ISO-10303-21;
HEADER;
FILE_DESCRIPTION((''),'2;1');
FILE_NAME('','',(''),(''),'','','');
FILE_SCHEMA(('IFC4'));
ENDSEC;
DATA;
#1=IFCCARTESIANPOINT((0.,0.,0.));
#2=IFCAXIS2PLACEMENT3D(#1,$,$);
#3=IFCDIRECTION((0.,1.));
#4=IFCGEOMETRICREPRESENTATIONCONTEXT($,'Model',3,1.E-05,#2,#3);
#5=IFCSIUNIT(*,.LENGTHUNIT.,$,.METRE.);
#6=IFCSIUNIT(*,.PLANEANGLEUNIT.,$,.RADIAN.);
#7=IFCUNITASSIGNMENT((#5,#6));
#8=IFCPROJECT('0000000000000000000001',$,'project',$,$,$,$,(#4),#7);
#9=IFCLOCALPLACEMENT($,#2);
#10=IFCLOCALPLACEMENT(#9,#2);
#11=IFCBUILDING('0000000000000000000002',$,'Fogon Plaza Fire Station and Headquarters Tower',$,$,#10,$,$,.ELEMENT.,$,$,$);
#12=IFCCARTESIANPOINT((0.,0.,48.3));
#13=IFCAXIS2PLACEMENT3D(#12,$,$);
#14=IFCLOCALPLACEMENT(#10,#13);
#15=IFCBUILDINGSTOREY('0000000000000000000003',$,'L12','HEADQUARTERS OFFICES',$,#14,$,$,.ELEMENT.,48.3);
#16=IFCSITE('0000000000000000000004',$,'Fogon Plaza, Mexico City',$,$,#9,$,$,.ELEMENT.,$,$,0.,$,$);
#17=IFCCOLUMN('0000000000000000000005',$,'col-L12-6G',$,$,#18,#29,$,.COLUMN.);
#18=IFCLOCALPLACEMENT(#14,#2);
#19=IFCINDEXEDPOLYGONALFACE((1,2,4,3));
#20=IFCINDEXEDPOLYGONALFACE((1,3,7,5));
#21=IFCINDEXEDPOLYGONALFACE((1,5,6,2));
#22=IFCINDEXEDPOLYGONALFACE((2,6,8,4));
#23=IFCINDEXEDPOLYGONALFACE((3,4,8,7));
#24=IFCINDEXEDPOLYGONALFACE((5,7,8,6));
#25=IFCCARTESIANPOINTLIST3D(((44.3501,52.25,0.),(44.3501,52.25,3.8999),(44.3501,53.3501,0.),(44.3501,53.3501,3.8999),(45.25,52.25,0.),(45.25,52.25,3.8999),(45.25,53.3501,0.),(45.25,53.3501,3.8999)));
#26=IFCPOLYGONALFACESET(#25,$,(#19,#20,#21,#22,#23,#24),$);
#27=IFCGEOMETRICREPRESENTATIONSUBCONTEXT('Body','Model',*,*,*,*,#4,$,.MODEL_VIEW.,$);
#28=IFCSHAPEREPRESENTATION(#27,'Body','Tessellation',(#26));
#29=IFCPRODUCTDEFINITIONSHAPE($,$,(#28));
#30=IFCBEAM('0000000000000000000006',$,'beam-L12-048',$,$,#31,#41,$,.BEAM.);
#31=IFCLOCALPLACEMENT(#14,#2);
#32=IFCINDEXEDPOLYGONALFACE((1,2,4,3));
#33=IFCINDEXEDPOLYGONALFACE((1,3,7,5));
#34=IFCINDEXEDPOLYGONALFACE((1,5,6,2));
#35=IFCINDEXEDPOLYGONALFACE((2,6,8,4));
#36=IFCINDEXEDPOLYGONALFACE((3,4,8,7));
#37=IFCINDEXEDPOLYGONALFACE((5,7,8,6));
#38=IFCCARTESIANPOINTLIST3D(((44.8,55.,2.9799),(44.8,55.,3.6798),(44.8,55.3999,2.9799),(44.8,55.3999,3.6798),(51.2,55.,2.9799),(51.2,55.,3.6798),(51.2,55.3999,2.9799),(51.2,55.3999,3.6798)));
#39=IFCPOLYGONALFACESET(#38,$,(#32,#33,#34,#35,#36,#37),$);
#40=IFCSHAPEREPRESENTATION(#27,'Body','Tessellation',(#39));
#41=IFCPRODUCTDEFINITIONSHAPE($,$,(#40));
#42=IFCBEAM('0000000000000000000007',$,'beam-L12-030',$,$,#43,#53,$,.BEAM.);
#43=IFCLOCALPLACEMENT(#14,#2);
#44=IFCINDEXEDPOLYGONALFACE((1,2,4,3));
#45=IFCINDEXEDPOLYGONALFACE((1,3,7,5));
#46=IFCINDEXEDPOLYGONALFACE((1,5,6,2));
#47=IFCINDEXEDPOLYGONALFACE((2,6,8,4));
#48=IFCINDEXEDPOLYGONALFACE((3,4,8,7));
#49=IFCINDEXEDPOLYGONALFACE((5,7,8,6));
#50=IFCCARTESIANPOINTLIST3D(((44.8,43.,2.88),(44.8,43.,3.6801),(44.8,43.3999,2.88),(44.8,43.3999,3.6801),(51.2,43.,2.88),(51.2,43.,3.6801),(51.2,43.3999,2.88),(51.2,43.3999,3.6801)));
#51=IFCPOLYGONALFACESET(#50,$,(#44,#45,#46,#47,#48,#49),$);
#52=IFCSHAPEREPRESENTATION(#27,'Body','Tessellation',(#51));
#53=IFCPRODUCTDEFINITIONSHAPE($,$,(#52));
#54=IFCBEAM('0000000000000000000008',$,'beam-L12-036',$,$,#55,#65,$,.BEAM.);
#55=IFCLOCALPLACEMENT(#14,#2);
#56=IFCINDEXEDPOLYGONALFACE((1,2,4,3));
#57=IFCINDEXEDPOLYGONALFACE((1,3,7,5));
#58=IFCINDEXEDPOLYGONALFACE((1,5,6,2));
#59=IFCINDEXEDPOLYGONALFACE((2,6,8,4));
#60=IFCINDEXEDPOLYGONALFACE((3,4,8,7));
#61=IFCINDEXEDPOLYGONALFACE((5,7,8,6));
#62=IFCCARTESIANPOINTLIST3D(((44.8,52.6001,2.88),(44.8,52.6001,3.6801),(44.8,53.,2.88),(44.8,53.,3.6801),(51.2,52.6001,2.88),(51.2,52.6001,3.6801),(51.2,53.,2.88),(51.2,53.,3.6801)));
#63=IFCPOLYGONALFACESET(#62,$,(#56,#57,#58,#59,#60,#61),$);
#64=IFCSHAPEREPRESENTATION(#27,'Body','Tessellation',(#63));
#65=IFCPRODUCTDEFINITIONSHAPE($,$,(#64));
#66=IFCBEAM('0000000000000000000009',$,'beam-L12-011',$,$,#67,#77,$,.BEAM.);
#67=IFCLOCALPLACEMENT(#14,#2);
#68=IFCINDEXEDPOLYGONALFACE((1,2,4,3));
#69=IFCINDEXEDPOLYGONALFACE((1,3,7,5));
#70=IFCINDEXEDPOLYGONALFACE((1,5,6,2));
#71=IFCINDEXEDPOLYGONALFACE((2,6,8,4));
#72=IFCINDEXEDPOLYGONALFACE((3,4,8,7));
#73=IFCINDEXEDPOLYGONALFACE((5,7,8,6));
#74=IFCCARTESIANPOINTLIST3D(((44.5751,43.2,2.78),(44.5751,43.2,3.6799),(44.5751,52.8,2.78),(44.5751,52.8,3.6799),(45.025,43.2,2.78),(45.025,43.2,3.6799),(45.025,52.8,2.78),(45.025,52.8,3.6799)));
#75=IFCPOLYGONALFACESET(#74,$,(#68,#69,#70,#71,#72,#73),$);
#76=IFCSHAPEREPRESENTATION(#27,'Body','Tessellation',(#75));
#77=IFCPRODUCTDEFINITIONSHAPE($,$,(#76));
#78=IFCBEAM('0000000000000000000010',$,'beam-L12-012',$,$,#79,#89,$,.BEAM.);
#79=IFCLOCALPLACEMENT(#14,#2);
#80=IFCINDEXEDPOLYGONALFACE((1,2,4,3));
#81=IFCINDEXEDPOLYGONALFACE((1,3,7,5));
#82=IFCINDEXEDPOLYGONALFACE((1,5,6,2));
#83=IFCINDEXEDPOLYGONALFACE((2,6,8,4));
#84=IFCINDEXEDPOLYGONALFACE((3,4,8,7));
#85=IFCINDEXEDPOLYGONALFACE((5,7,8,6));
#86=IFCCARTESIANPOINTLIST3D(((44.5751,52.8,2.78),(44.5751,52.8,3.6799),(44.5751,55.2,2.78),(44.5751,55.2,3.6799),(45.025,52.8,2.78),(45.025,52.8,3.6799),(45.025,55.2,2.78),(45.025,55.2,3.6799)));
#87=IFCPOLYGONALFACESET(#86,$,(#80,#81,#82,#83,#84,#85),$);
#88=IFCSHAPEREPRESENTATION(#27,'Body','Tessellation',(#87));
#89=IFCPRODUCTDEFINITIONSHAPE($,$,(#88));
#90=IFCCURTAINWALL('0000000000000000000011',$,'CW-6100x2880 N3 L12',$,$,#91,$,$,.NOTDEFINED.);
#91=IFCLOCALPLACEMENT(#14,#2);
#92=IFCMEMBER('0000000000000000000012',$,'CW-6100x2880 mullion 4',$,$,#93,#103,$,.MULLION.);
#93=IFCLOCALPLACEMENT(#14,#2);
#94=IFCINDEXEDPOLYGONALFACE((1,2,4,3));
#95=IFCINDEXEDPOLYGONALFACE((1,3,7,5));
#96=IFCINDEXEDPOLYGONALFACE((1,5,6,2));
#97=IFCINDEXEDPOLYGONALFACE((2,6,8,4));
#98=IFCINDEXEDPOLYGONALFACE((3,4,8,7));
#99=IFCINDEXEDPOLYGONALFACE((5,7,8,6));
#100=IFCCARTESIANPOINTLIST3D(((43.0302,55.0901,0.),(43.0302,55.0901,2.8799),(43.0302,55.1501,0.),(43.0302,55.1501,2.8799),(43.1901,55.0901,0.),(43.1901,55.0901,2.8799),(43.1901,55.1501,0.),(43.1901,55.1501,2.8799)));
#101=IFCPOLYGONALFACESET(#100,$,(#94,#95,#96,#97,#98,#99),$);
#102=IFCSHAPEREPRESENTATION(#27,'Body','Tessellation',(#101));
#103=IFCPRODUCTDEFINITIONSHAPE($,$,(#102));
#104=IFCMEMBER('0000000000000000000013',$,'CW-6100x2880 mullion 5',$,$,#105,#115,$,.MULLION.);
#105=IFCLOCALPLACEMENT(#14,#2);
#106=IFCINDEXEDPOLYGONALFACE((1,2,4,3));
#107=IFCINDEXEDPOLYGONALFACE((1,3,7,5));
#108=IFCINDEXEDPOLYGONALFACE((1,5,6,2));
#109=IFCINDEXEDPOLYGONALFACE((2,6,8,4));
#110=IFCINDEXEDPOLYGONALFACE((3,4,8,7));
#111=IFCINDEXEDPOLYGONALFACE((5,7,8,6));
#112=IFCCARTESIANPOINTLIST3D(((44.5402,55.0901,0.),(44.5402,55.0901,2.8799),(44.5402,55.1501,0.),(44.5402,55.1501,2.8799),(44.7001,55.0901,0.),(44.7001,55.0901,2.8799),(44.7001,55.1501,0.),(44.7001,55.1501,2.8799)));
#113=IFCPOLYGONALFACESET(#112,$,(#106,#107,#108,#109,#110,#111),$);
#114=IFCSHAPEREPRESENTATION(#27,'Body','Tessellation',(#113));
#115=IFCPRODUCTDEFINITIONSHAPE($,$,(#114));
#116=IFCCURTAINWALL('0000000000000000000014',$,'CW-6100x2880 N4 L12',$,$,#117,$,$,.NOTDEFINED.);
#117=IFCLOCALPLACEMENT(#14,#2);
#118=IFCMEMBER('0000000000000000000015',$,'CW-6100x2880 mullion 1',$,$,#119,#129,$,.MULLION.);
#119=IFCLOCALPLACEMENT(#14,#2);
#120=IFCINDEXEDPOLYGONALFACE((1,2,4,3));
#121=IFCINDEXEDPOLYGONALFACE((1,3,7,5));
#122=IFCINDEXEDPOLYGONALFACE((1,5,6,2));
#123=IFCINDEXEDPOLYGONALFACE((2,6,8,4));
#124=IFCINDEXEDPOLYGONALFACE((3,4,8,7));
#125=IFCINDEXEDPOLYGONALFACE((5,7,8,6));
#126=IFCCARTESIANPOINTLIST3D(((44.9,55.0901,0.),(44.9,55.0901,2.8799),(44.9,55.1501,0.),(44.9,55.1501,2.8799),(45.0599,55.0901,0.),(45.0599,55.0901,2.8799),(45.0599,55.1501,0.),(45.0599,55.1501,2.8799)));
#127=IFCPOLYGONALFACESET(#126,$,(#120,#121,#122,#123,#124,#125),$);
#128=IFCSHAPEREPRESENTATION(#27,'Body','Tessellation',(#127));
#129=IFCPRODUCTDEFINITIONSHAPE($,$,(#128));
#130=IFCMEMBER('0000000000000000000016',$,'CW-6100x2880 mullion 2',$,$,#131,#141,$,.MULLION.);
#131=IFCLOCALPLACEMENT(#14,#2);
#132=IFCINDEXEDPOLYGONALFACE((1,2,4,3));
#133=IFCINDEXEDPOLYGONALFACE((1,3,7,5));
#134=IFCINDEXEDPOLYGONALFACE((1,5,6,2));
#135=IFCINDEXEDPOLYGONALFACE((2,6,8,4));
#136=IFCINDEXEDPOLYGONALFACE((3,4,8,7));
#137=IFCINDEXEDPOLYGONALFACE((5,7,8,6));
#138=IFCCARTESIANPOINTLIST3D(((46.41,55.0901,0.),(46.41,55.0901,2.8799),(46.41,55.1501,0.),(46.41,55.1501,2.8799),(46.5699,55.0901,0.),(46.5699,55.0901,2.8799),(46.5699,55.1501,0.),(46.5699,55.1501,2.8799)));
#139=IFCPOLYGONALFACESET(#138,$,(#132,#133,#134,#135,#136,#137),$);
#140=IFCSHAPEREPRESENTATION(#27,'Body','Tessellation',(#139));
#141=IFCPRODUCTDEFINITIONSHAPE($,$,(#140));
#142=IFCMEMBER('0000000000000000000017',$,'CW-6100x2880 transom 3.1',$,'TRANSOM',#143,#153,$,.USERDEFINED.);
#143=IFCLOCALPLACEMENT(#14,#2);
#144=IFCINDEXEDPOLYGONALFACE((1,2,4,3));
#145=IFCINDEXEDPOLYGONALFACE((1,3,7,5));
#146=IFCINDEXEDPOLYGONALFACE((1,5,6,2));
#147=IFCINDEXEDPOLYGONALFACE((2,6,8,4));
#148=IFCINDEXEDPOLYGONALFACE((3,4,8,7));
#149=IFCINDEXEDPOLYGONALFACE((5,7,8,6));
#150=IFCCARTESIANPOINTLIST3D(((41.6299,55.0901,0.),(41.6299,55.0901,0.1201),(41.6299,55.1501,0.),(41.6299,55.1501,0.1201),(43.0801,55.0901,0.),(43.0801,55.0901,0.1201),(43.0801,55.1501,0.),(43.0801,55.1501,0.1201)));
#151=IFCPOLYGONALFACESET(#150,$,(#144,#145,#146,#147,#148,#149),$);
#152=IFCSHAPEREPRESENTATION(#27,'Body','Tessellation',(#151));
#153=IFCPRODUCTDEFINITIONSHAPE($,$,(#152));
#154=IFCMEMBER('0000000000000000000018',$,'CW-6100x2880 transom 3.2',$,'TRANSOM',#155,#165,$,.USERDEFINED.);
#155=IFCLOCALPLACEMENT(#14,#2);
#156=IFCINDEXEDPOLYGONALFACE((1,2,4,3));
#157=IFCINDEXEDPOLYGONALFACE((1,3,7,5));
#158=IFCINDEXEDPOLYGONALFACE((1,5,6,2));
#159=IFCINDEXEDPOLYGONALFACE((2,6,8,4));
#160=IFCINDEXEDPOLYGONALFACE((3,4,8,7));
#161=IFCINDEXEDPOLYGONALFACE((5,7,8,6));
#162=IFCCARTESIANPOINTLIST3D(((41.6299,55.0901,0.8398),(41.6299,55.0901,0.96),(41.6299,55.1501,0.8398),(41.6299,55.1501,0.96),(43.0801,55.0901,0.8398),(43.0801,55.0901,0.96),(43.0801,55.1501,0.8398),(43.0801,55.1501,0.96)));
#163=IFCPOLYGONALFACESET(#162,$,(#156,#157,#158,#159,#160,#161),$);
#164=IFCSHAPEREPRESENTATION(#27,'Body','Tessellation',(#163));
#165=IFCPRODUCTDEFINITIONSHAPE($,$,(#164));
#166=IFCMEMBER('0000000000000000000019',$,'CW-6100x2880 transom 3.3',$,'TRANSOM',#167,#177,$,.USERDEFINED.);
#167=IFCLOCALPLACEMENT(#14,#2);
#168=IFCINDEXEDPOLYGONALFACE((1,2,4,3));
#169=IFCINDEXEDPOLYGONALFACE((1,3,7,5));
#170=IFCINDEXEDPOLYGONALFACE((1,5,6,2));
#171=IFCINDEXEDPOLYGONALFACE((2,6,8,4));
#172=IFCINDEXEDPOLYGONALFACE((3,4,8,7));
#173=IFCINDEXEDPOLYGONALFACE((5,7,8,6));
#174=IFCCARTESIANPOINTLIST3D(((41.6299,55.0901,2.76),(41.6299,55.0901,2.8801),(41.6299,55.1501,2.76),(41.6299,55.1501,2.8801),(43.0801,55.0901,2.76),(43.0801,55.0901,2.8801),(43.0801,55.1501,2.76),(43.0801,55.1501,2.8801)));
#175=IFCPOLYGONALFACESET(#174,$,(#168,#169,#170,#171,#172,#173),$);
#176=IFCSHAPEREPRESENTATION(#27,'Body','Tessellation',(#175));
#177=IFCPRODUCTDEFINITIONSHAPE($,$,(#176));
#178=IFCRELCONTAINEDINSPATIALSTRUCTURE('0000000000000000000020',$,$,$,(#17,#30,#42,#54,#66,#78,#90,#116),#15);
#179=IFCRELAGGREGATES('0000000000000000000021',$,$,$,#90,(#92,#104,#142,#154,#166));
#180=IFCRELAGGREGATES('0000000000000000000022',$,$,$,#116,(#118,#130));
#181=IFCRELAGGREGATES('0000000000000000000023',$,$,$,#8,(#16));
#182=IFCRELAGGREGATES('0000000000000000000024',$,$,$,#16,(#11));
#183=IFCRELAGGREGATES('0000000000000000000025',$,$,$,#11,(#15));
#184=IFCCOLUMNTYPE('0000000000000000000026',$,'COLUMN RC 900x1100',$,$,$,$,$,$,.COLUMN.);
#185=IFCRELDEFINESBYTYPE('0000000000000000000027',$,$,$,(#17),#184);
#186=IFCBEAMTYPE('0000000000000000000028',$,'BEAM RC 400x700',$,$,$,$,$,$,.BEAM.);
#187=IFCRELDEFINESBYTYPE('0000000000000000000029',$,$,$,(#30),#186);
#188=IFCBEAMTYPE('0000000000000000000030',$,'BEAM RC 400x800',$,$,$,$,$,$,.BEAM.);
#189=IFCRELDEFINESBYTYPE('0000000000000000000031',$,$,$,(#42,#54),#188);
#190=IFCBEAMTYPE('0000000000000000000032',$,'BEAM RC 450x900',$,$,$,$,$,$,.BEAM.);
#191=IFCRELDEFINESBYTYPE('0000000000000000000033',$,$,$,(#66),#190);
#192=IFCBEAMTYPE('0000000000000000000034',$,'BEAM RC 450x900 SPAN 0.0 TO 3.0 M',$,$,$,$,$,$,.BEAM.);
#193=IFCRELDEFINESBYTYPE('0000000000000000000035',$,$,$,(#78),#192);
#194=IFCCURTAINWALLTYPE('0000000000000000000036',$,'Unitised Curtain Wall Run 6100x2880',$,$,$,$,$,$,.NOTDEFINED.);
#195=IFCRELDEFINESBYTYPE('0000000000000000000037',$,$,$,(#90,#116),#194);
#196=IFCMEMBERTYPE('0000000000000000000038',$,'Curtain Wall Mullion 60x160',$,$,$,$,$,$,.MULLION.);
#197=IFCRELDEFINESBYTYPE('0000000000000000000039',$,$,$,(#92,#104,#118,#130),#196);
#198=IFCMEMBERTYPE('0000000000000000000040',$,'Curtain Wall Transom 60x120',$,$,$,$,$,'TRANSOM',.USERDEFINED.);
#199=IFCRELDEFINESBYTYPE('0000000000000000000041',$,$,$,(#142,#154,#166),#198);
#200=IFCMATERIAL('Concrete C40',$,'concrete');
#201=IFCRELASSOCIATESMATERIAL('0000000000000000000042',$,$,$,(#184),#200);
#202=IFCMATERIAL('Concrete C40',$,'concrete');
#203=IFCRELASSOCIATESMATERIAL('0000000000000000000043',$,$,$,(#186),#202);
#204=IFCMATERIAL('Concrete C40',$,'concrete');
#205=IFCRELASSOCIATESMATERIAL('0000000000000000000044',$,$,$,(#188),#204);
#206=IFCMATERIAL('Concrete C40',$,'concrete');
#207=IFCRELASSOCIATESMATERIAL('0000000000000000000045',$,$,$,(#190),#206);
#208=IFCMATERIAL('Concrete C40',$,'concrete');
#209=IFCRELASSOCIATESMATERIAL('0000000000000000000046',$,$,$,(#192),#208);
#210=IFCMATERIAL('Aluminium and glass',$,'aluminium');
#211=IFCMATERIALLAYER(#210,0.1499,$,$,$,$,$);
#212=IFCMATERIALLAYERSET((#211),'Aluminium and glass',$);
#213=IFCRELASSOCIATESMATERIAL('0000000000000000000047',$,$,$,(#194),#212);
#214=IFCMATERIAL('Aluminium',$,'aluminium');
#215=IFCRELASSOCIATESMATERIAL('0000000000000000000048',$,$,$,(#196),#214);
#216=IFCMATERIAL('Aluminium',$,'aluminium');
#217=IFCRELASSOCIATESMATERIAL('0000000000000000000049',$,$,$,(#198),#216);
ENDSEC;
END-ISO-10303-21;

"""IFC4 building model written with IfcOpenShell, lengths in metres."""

from ifc_helpers import new_model, si_unit, direction, frame, origin, origin_2d, place, context, subcontext, project, spatial, rectangle, extrude, material, layer, layer_set, material_profile, profile_set, type_object, element, aggregate, save


model = new_model("IFC4")

# Units and contexts
model_context = context("Model", 3, precision=1e-05, world=origin(), true_north=direction((0.0, 1.0)))
body_context = subcontext(model_context, "Body", "Model", "MODEL_VIEW")
ifc_project = project(units=[si_unit("LENGTHUNIT", "METRE"), si_unit("PLANEANGLEUNIT", "RADIAN")], contexts=[model_context])

# Site, building, storey
site_placement = place(None, origin())
site = spatial("IfcSite", under=ifc_project, at=site_placement, Name="Fogon Plaza, Mexico City", CompositionType="ELEMENT", RefElevation=0.0)
building_placement = place(site_placement, origin())
building = spatial("IfcBuilding", under=site, at=building_placement, Name="Fogon Plaza Fire Station and Headquarters Tower", CompositionType="ELEMENT")
storey_placement = place(building_placement, frame((0.0, 0.0, 48.3)))
storey = spatial("IfcBuildingStorey", under=building, at=storey_placement, Name="L12", Description="HEADQUARTERS OFFICES", CompositionType="ELEMENT", Elevation=48.3)

# Column
ifc_material_1 = material(Name="Concrete C40", Category="concrete")
ifc_material_profile_1 = material_profile(ifc_material_1, rectangle(XDim=0.8999, YDim=1.1001, at=origin_2d()), Name="RC 900x1100")
ifc_profile_set_1 = profile_set([ifc_material_profile_1], Name="Concrete C40")
column_type = type_object("IfcColumnType", Name="COLUMN RC 900x1100", PredefinedType="COLUMN", material=ifc_profile_set_1)
column_placement = place(storey_placement, frame((44.8, 52.8, 0.0), z_axis=(0.0, 0.0, 1.0), x_axis=(1.0, 0.0, 0.0)))
element("IfcColumn", 1, at=column_placement, inside=storey, type_object=column_type, Name="col-L12-6G", PredefinedType="COLUMN", context=body_context, shape_type="SweptSolid", body=[
    extrude(rectangle(XDim=0.8999, YDim=1.1001, at=origin_2d()), origin(), (0.0, 0.0, 1.0), 3.8999),
])

# Beams
ifc_material_2 = material(Name="Concrete C40", Category="concrete")
ifc_material_profile_2 = material_profile(ifc_material_2, rectangle(XDim=0.3999, YDim=0.7, at=origin_2d()), Name="RC 400x700")
ifc_profile_set_2 = profile_set([ifc_material_profile_2], Name="Concrete C40")
beam_type_1 = type_object("IfcBeamType", Name="BEAM RC 400x700", PredefinedType="BEAM", material=ifc_profile_set_2)
beam_1_placement = place(storey_placement, frame((44.8, 55.2, 3.3298), z_axis=(1.0, 0.0, 0.0), x_axis=(0.0, 1.0, 0.0)))
element("IfcBeam", 2, at=beam_1_placement, inside=storey, type_object=beam_type_1, Name="beam-L12-048", PredefinedType="BEAM", context=body_context, shape_type="SweptSolid", body=[
    extrude(rectangle(XDim=0.3999, YDim=0.7, at=origin_2d()), origin(), (0.0, 0.0, 1.0), 6.3999),
])
ifc_material_3 = material(Name="Concrete C40", Category="concrete")
ifc_material_profile_3 = material_profile(ifc_material_3, rectangle(XDim=0.3999, YDim=0.8, at=origin_2d()), Name="RC 400x800")
ifc_profile_set_3 = profile_set([ifc_material_profile_3], Name="Concrete C40")
beam_type_2 = type_object("IfcBeamType", Name="BEAM RC 400x800", PredefinedType="BEAM", material=ifc_profile_set_3)
for number, where, z_axis, x_axis, name in (
    (3, (44.8, 43.2, 3.28), (1.0, 0.0, 0.0), (0.0, 1.0, 0.0), "beam-L12-030"),
    (4, (44.8, 52.8, 3.28), (1.0, 0.0, 0.0), (0.0, 1.0, 0.0), "beam-L12-036"),
):
    element("IfcBeam", number, at=place(storey_placement, frame(where, z_axis=z_axis, x_axis=x_axis)), inside=storey, type_object=beam_type_2, Name=name, PredefinedType="BEAM", context=body_context, shape_type="SweptSolid", body=[
        extrude(rectangle(XDim=0.3999, YDim=0.8, at=origin_2d()), origin(), (0.0, 0.0, 1.0), 6.3999),
    ])
ifc_material_4 = material(Name="Concrete C40", Category="concrete")
ifc_material_profile_4 = material_profile(ifc_material_4, rectangle(XDim=0.45, YDim=0.8999, at=origin_2d()), Name="RC 450x900")
ifc_profile_set_4 = profile_set([ifc_material_profile_4], Name="Concrete C40")
beam_type_3 = type_object("IfcBeamType", Name="BEAM RC 450x900", PredefinedType="BEAM", material=ifc_profile_set_4)
beam_2_placement = place(storey_placement, frame((44.8, 43.2, 3.23), z_axis=(0.0, 1.0, 0.0), x_axis=(-1.0, 0.0, 0.0)))
element("IfcBeam", 5, at=beam_2_placement, inside=storey, type_object=beam_type_3, Name="beam-L12-011", PredefinedType="BEAM", context=body_context, shape_type="SweptSolid", body=[
    extrude(rectangle(XDim=0.45, YDim=0.8999, at=origin_2d()), origin(), (0.0, 0.0, 1.0), 9.6001),
])
ifc_material_5 = material(Name="Concrete C40", Category="concrete")
ifc_material_profile_5 = material_profile(ifc_material_5, rectangle(XDim=0.45, YDim=0.8999, at=origin_2d()), Name="RC 450x900")
ifc_profile_set_5 = profile_set([ifc_material_profile_5], Name="Concrete C40")
beam_type_4 = type_object("IfcBeamType", Name="BEAM RC 450x900 SPAN 0.0 TO 3.0 M", PredefinedType="BEAM", material=ifc_profile_set_5)
beam_3_placement = place(storey_placement, frame((44.8, 52.8, 3.23), z_axis=(0.0, 1.0, 0.0), x_axis=(-1.0, 0.0, 0.0)))
element("IfcBeam", 6, at=beam_3_placement, inside=storey, type_object=beam_type_4, Name="beam-L12-012", PredefinedType="BEAM", context=body_context, shape_type="SweptSolid", body=[
    extrude(rectangle(XDim=0.45, YDim=0.8999, at=origin_2d()), origin(), (0.0, 0.0, 1.0), 2.3999),
])

# Curtain walls, members
ifc_material_6 = material(Name="Aluminium and glass", Category="aluminium")
ifc_layer_1 = layer(ifc_material_6, 0.1499)
ifc_layer_set_1 = layer_set([ifc_layer_1], Name="Aluminium and glass")
curtain_wall_type = type_object("IfcCurtainWallType", Name="Unitised Curtain Wall Run 6100x2880", PredefinedType="NOTDEFINED", material=ifc_layer_set_1)
curtain_wall_1_placement = place(storey_placement, origin())
curtain_wall_1 = element("IfcCurtainWall", 7, at=curtain_wall_1_placement, inside=storey, type_object=curtain_wall_type, Name="CW-6100x2880 N3 L12", PredefinedType="NOTDEFINED")
ifc_material_7 = material(Name="Aluminium", Category="aluminium")
ifc_material_profile_6 = material_profile(ifc_material_7, rectangle(XDim=0.0601, YDim=0.1599, at=origin_2d()), Name="Curtain Wall Mullion 60x160")
ifc_profile_set_6 = profile_set([ifc_material_profile_6], Name="Aluminium")
member_type_1 = type_object("IfcMemberType", Name="Curtain Wall Mullion 60x160", PredefinedType="MULLION", material=ifc_profile_set_6)
member_1_placement = place(storey_placement, frame((43.1101, 55.1201, 0.0), z_axis=(0.0, 0.0, 1.0), x_axis=(0.0, 1.0, 0.0)))
member_1 = element("IfcMember", 8, at=member_1_placement, type_object=member_type_1, Name="CW-6100x2880 mullion 4", PredefinedType="MULLION", context=body_context, shape_type="SweptSolid", body=[
    extrude(rectangle(XDim=0.0601, YDim=0.1599, at=origin_2d()), origin(), (0.0, 0.0, 1.0), 2.8799),
])
member_2_placement = place(storey_placement, frame((44.6201, 55.1201, 0.0), z_axis=(0.0, 0.0, 1.0), x_axis=(0.0, 1.0, 0.0)))
member_2 = element("IfcMember", 9, at=member_2_placement, type_object=member_type_1, Name="CW-6100x2880 mullion 5", PredefinedType="MULLION", context=body_context, shape_type="SweptSolid", body=[
    extrude(rectangle(XDim=0.0601, YDim=0.1599, at=origin_2d()), origin(), (0.0, 0.0, 1.0), 2.8799),
])
curtain_wall_2_placement = place(storey_placement, origin())
curtain_wall_2 = element("IfcCurtainWall", 10, at=curtain_wall_2_placement, inside=storey, type_object=curtain_wall_type, Name="CW-6100x2880 N4 L12", PredefinedType="NOTDEFINED")
member_3_placement = place(storey_placement, frame((44.98, 55.1201, 0.0), z_axis=(0.0, 0.0, 1.0), x_axis=(0.0, 1.0, 0.0)))
member_3 = element("IfcMember", 11, at=member_3_placement, type_object=member_type_1, Name="CW-6100x2880 mullion 1", PredefinedType="MULLION", context=body_context, shape_type="SweptSolid", body=[
    extrude(rectangle(XDim=0.0601, YDim=0.1599, at=origin_2d()), origin(), (0.0, 0.0, 1.0), 2.8799),
])
member_4_placement = place(storey_placement, frame((46.49, 55.1201, 0.0), z_axis=(0.0, 0.0, 1.0), x_axis=(0.0, 1.0, 0.0)))
member_4 = element("IfcMember", 12, at=member_4_placement, type_object=member_type_1, Name="CW-6100x2880 mullion 2", PredefinedType="MULLION", context=body_context, shape_type="SweptSolid", body=[
    extrude(rectangle(XDim=0.0601, YDim=0.1599, at=origin_2d()), origin(), (0.0, 0.0, 1.0), 2.8799),
])

# Members
ifc_material_8 = material(Name="Aluminium", Category="aluminium")
ifc_material_profile_7 = material_profile(ifc_material_8, rectangle(XDim=0.0601, YDim=0.1201, at=origin_2d()), Name="Curtain Wall Transom 60x120")
ifc_profile_set_7 = profile_set([ifc_material_profile_7], Name="Aluminium")
member_type_2 = type_object("IfcMemberType", Name="Curtain Wall Transom 60x120", ElementType="TRANSOM", PredefinedType="USERDEFINED", material=ifc_profile_set_7)
member_5_placement = place(storey_placement, frame((41.6299, 55.1201, 0.0601), z_axis=(1.0, 0.0, 0.0), x_axis=(0.0, 1.0, 0.0)))
member_5 = element("IfcMember", 13, at=member_5_placement, type_object=member_type_2, Name="CW-6100x2880 transom 3.1", ObjectType="TRANSOM", PredefinedType="USERDEFINED", context=body_context, shape_type="SweptSolid", body=[
    extrude(rectangle(XDim=0.0601, YDim=0.1201, at=origin_2d()), origin(), (0.0, 0.0, 1.0), 1.4502),
])
member_6_placement = place(storey_placement, frame((41.6299, 55.1201, 0.8999), z_axis=(1.0, 0.0, 0.0), x_axis=(0.0, 1.0, 0.0)))
member_6 = element("IfcMember", 14, at=member_6_placement, type_object=member_type_2, Name="CW-6100x2880 transom 3.2", ObjectType="TRANSOM", PredefinedType="USERDEFINED", context=body_context, shape_type="SweptSolid", body=[
    extrude(rectangle(XDim=0.0601, YDim=0.1201, at=origin_2d()), origin(), (0.0, 0.0, 1.0), 1.4502),
])
member_7_placement = place(storey_placement, frame((41.6299, 55.1201, 2.8201), z_axis=(1.0, 0.0, 0.0), x_axis=(0.0, 1.0, 0.0)))
member_7 = element("IfcMember", 15, at=member_7_placement, type_object=member_type_2, Name="CW-6100x2880 transom 3.3", ObjectType="TRANSOM", PredefinedType="USERDEFINED", context=body_context, shape_type="SweptSolid", body=[
    extrude(rectangle(XDim=0.0601, YDim=0.1201, at=origin_2d()), origin(), (0.0, 0.0, 1.0), 1.4502),
])

aggregate(curtain_wall_1, [member_1, member_2, member_5, member_6, member_7])
aggregate(curtain_wall_2, [member_3, member_4])

save(model, "model.ifc")
